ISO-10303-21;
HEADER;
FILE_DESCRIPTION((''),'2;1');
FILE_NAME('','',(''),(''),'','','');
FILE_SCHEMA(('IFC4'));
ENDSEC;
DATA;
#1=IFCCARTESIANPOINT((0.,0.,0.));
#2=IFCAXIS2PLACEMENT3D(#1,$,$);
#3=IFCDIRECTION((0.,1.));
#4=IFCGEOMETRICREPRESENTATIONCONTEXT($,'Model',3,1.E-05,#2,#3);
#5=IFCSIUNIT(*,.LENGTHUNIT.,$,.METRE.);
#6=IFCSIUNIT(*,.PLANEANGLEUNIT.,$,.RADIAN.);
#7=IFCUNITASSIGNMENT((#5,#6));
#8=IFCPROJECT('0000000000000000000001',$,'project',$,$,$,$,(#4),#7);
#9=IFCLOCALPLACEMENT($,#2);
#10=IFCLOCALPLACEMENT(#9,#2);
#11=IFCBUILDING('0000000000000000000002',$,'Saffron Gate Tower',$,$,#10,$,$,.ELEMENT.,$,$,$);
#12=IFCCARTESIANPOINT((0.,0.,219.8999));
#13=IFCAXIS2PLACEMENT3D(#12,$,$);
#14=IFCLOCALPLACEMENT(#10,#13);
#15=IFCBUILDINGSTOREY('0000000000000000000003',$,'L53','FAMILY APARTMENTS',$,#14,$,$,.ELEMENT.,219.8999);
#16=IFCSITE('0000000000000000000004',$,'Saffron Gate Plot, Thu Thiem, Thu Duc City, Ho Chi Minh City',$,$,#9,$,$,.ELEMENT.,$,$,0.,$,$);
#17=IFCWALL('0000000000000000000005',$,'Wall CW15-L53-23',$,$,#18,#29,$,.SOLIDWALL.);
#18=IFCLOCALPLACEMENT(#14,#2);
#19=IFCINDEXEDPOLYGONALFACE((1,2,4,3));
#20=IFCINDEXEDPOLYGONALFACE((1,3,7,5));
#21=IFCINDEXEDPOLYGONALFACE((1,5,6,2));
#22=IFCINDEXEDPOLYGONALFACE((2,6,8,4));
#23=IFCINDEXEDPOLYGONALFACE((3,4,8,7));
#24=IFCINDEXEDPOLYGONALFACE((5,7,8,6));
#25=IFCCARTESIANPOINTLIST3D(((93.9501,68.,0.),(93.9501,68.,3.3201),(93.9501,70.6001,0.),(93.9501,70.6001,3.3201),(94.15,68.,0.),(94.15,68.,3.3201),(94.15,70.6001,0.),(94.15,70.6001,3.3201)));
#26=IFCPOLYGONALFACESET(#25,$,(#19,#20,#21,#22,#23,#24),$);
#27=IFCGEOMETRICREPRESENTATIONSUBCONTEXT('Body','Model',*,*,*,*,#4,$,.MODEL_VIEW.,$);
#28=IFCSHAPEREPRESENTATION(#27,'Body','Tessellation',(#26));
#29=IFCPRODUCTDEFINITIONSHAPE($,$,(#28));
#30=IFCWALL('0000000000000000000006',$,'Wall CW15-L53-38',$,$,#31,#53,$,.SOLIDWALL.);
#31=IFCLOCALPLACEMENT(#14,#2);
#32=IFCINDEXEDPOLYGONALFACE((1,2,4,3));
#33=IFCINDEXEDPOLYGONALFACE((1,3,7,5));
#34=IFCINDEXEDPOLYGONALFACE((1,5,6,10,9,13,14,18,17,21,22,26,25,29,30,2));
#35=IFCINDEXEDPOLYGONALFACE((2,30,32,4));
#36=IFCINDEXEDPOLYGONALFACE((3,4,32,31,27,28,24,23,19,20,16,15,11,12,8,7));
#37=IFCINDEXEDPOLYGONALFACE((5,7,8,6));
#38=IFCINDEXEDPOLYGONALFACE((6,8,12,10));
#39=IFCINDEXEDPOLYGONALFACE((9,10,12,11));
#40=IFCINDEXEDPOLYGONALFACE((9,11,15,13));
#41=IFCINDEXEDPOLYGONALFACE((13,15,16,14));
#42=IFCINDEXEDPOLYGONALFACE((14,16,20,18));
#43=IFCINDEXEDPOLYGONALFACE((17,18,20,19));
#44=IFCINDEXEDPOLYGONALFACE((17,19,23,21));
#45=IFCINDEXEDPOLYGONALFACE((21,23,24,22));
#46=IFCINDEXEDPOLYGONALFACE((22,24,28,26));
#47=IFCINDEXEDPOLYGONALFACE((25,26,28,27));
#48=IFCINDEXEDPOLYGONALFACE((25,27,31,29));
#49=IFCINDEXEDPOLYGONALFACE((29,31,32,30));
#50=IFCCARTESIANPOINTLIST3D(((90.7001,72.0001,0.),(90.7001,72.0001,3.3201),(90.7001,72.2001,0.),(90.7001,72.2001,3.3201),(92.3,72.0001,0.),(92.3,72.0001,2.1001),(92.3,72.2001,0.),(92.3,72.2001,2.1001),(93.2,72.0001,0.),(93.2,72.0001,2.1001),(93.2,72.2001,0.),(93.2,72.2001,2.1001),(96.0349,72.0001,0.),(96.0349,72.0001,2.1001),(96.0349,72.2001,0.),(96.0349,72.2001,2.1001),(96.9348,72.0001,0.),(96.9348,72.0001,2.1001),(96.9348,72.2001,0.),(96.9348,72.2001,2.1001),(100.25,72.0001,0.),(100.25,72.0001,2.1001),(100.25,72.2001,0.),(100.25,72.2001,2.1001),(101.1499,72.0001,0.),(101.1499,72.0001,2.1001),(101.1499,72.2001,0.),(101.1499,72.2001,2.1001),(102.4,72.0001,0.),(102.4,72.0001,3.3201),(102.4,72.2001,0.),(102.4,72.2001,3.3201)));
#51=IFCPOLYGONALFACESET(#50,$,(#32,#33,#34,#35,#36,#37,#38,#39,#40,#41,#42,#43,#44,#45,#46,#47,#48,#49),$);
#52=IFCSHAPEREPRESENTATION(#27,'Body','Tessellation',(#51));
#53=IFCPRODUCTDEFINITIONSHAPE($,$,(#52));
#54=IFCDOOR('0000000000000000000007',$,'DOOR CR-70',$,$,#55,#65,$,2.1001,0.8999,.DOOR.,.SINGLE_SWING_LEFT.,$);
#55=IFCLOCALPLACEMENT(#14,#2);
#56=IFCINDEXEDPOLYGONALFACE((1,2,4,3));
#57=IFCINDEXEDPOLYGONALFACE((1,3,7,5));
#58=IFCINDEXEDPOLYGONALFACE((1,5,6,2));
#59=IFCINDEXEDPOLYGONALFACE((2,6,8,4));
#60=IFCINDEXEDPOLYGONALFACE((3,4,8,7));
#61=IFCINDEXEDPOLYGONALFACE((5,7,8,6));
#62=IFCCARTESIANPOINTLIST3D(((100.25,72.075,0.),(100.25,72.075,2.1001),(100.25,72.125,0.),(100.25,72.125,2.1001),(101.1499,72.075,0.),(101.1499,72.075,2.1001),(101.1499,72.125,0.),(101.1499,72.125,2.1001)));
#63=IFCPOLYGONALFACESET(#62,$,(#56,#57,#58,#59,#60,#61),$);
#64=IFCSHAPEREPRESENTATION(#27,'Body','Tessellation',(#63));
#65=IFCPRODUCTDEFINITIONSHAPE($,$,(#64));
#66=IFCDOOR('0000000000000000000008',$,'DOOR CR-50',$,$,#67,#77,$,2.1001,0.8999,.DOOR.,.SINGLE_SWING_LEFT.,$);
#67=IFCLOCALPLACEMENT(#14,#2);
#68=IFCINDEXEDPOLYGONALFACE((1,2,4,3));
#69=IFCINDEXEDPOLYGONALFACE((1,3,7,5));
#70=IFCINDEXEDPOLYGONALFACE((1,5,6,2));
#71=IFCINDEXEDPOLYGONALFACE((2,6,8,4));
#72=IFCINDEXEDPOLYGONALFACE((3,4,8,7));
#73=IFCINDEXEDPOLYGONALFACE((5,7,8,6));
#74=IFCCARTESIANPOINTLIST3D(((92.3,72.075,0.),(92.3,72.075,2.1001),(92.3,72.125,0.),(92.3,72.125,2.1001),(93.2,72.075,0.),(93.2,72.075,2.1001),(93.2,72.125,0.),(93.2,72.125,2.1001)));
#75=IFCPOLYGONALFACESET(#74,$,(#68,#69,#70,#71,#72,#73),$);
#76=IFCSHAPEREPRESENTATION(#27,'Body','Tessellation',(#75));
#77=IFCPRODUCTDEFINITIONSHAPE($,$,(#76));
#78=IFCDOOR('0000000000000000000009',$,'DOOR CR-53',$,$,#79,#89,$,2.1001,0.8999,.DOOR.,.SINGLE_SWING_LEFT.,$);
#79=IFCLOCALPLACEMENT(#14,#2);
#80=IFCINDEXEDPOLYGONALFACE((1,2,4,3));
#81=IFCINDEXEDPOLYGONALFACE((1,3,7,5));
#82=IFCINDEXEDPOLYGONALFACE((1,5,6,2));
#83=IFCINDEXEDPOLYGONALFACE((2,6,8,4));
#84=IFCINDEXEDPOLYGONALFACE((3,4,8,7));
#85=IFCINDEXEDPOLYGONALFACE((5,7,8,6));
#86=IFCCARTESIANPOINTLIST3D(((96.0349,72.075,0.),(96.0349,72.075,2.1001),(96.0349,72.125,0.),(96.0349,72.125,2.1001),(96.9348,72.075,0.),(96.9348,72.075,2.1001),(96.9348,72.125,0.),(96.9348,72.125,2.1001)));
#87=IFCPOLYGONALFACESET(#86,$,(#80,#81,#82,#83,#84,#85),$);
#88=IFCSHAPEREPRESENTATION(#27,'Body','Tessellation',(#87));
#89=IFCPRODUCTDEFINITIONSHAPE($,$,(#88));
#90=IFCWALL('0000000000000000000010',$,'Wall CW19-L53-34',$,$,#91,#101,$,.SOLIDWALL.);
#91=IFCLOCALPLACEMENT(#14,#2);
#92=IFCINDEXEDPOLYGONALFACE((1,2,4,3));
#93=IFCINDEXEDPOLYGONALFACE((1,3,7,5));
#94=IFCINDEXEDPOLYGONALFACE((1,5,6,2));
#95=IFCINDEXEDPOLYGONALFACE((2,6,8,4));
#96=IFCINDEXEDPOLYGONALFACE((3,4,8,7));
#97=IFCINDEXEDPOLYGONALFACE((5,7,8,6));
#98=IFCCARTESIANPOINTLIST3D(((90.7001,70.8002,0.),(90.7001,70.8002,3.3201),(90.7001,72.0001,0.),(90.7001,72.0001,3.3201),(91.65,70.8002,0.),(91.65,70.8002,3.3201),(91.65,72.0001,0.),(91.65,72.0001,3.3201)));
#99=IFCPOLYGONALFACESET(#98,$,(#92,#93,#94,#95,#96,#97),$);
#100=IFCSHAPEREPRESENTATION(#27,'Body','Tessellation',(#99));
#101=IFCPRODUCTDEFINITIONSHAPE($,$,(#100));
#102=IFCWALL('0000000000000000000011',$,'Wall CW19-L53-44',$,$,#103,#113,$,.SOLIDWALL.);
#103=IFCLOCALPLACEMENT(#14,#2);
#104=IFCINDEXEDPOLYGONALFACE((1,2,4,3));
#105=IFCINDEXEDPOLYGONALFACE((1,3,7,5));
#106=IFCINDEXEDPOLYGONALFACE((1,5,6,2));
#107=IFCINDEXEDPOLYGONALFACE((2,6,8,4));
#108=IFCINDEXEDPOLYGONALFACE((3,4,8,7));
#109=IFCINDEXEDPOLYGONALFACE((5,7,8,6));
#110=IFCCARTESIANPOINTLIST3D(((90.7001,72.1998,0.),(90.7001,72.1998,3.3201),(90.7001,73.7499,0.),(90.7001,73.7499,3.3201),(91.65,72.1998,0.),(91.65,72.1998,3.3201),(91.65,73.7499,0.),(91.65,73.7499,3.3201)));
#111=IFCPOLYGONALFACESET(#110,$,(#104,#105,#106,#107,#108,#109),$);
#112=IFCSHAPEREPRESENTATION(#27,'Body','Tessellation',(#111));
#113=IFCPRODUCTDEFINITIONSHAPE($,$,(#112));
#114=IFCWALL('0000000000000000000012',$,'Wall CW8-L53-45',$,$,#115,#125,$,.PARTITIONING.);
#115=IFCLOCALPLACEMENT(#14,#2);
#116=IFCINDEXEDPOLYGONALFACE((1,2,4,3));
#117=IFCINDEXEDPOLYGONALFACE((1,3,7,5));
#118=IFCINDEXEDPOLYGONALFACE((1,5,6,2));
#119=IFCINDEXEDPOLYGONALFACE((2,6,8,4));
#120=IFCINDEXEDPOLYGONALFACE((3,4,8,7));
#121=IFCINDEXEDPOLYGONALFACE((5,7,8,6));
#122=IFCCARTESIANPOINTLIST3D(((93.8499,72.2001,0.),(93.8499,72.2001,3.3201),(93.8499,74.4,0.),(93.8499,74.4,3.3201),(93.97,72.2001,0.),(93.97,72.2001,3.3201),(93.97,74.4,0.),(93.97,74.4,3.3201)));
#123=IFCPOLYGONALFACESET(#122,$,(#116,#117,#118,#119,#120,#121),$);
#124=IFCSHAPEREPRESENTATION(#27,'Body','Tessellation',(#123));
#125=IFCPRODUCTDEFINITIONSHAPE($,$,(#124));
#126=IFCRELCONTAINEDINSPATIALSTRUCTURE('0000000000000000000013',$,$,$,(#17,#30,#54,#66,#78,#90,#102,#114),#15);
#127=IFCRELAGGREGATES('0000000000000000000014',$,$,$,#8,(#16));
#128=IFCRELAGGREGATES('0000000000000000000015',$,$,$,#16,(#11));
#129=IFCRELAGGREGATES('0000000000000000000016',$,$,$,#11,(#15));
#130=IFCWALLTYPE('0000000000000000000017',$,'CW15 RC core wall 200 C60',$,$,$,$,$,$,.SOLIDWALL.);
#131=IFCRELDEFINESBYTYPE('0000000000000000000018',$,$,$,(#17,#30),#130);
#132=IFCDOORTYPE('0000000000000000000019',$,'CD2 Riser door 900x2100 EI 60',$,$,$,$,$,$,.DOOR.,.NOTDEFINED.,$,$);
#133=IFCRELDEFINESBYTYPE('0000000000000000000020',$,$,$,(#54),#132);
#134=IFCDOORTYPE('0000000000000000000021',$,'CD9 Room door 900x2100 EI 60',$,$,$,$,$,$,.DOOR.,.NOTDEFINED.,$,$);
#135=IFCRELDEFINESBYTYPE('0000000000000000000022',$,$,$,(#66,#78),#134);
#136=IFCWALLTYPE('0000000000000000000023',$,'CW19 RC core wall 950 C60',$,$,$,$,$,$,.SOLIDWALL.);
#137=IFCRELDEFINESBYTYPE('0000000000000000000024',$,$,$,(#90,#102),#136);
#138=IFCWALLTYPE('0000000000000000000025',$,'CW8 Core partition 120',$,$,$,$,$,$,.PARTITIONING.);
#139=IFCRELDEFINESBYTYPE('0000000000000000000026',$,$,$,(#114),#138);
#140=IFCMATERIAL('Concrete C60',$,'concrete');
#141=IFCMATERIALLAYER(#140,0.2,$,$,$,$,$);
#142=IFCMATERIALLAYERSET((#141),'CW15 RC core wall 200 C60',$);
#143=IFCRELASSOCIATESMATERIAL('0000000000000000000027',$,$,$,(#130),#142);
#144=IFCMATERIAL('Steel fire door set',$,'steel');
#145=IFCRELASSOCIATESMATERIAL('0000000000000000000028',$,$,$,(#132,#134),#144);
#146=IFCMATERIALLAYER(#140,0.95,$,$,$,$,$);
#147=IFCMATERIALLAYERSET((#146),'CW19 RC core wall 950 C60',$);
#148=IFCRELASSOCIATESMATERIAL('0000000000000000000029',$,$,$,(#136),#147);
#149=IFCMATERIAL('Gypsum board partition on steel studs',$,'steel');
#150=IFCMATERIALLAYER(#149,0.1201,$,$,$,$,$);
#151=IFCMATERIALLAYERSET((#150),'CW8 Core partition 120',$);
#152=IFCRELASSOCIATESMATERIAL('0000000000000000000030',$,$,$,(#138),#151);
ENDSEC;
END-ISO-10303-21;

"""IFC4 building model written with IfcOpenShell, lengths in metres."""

from ifc_helpers import new_model, si_unit, direction, frame, frame_2d, origin, place, context, subcontext, project, spatial, rectangle, extrude, material, layer, layer_set, type_object, element, fill, save


model = new_model("IFC4")

# Units and contexts
model_context = context("Model", 3, precision=1e-05, world=origin(), true_north=direction((0.0, 1.0)))
body_context = subcontext(model_context, "Body", "Model", "MODEL_VIEW")
ifc_project = project(units=[si_unit("LENGTHUNIT", "METRE"), si_unit("PLANEANGLEUNIT", "RADIAN")], contexts=[model_context])

# Site, building, storey
site_placement = place(None, origin())
site = spatial("IfcSite", under=ifc_project, at=site_placement, Name="Saffron Gate Plot, Thu Thiem, Thu Duc City, Ho Chi Minh City", CompositionType="ELEMENT", RefElevation=0.0)
building_placement = place(site_placement, origin())
building = spatial("IfcBuilding", under=site, at=building_placement, Name="Saffron Gate Tower", CompositionType="ELEMENT")
storey_placement = place(building_placement, frame((0.0, 0.0, 219.8999)))
storey = spatial("IfcBuildingStorey", under=building, at=storey_placement, Name="L53", Description="FAMILY APARTMENTS", CompositionType="ELEMENT", Elevation=219.8999)

# Shared definitions
ifc_material_1 = material(Name="Concrete C60", Category="concrete")

# Shared definitions
ifc_material_2 = material(Name="Steel fire door set", Category="steel")

# Shared definitions
ifc_layer_1 = layer(ifc_material_1, 0.2)
ifc_layer_set_1 = layer_set([ifc_layer_1], Name="CW15 RC core wall 200 C60")
wall_type_1 = type_object("IfcWallType", Name="CW15 RC core wall 200 C60", PredefinedType="SOLIDWALL", material=ifc_layer_set_1)

# Shared definitions
door_type_1 = type_object("IfcDoorType", Name="CD2 Riser door 900x2100 EI 60", OperationType="NOTDEFINED", PredefinedType="DOOR", material=ifc_material_2)

# Wall
wall_1_placement = place(storey_placement, frame((94.05, 68.0, 0.0), z_axis=(0.0, 0.0, 1.0), x_axis=(0.0, 1.0, 0.0)))
element("IfcWall", 1, at=wall_1_placement, inside=storey, type_object=wall_type_1, Name="Wall CW15-L53-23", PredefinedType="SOLIDWALL", context=body_context, shape_type="SweptSolid", body=[
    extrude(rectangle(XDim=2.6001, YDim=0.2, at=frame_2d((1.3, 0.0))), origin(), (0.0, 0.0, 1.0), 3.3201),
])

# Wall, openings, doors
wall_2_placement = place(storey_placement, frame((90.7, 72.1001, 0.0), z_axis=(0.0, 0.0, 1.0), x_axis=(1.0, 0.0, 0.0)))
wall_2 = element("IfcWall", 2, at=wall_2_placement, inside=storey, type_object=wall_type_1, Name="Wall CW15-L53-38", PredefinedType="SOLIDWALL", context=body_context, shape_type="SweptSolid", body=[
    extrude(rectangle(XDim=11.7, YDim=0.2, at=frame_2d((5.8501, 0.0))), origin(), (0.0, 0.0, 1.0), 3.3201),
])
opening_1_placement = place(wall_2_placement, frame((1.6001, 0.0, 0.0)))
opening_1 = element("IfcOpeningElement", 3, at=opening_1_placement, cuts=wall_2, PredefinedType="OPENING", context=body_context, shape_type="SweptSolid", body=[
    extrude(rectangle(XDim=0.8999, YDim=2.1001, at=frame_2d((0.45, 1.05))), frame((0.0, 0.1099, 0.0), z_axis=(0.0, -1.0, 0.0), x_axis=(1.0, 0.0, 0.0)), (0.0, 0.0, 1.0), 0.22),
])
opening_2_placement = place(wall_2_placement, frame((5.335, 0.0, 0.0)))
opening_2 = element("IfcOpeningElement", 4, at=opening_2_placement, cuts=wall_2, PredefinedType="OPENING", context=body_context, shape_type="SweptSolid", body=[
    extrude(rectangle(XDim=0.8999, YDim=2.1001, at=frame_2d((0.45, 1.05))), frame((0.0, 0.1099, 0.0), z_axis=(0.0, -1.0, 0.0), x_axis=(1.0, 0.0, 0.0)), (0.0, 0.0, 1.0), 0.22),
])
opening_3_placement = place(wall_2_placement, frame((9.55, 0.0, 0.0)))
opening_3 = element("IfcOpeningElement", 5, at=opening_3_placement, cuts=wall_2, PredefinedType="OPENING", context=body_context, shape_type="SweptSolid", body=[
    extrude(rectangle(XDim=0.8999, YDim=2.1001, at=frame_2d((0.45, 1.05))), frame((0.0, 0.1099, 0.0), z_axis=(0.0, -1.0, 0.0), x_axis=(1.0, 0.0, 0.0)), (0.0, 0.0, 1.0), 0.22),
])
door_1_placement = place(opening_3_placement, origin())
door_1 = element("IfcDoor", 6, at=door_1_placement, inside=storey, type_object=door_type_1, Name="DOOR CR-70", OperationType="SINGLE_SWING_LEFT", OverallHeight=2.1001, OverallWidth=0.8999, PredefinedType="DOOR", context=body_context, shape_type="SweptSolid", body=[
    extrude(rectangle(XDim=0.8999, YDim=2.1001, at=frame_2d((0.45, 1.05))), frame((0.0, 0.0249, 0.0), z_axis=(0.0, -1.0, 0.0), x_axis=(1.0, 0.0, 0.0)), (0.0, 0.0, 1.0), 0.05),
])
fill(opening_3, door_1)
door_type_2 = type_object("IfcDoorType", Name="CD9 Room door 900x2100 EI 60", OperationType="NOTDEFINED", PredefinedType="DOOR", material=ifc_material_2)
door_2_placement = place(opening_1_placement, origin())
door_2 = element("IfcDoor", 7, at=door_2_placement, inside=storey, type_object=door_type_2, Name="DOOR CR-50", OperationType="SINGLE_SWING_LEFT", OverallHeight=2.1001, OverallWidth=0.8999, PredefinedType="DOOR", context=body_context, shape_type="SweptSolid", body=[
    extrude(rectangle(XDim=0.8999, YDim=2.1001, at=frame_2d((0.45, 1.05))), frame((0.0, 0.0249, 0.0), z_axis=(0.0, -1.0, 0.0), x_axis=(1.0, 0.0, 0.0)), (0.0, 0.0, 1.0), 0.05),
])
fill(opening_1, door_2)
door_3_placement = place(opening_2_placement, origin())
door_3 = element("IfcDoor", 8, at=door_3_placement, inside=storey, type_object=door_type_2, Name="DOOR CR-53", OperationType="SINGLE_SWING_LEFT", OverallHeight=2.1001, OverallWidth=0.8999, PredefinedType="DOOR", context=body_context, shape_type="SweptSolid", body=[
    extrude(rectangle(XDim=0.8999, YDim=2.1001, at=frame_2d((0.45, 1.05))), frame((0.0, 0.0249, 0.0), z_axis=(0.0, -1.0, 0.0), x_axis=(1.0, 0.0, 0.0)), (0.0, 0.0, 1.0), 0.05),
])
fill(opening_2, door_3)

# Walls
ifc_layer_2 = layer(ifc_material_1, 0.95)
ifc_layer_set_2 = layer_set([ifc_layer_2], Name="CW19 RC core wall 950 C60")
wall_type_2 = type_object("IfcWallType", Name="CW19 RC core wall 950 C60", PredefinedType="SOLIDWALL", material=ifc_layer_set_2)
wall_3_placement = place(storey_placement, frame((91.175, 70.8, 0.0), z_axis=(0.0, 0.0, 1.0), x_axis=(0.0, 1.0, 0.0)))
element("IfcWall", 9, at=wall_3_placement, inside=storey, type_object=wall_type_2, Name="Wall CW19-L53-34", PredefinedType="SOLIDWALL", context=body_context, shape_type="SweptSolid", body=[
    extrude(rectangle(XDim=1.2, YDim=0.95, at=frame_2d((0.6001, 0.0))), origin(), (0.0, 0.0, 1.0), 3.3201),
])
wall_4_placement = place(storey_placement, frame((91.175, 72.2, 0.0), z_axis=(0.0, 0.0, 1.0), x_axis=(0.0, 1.0, 0.0)))
element("IfcWall", 10, at=wall_4_placement, inside=storey, type_object=wall_type_2, Name="Wall CW19-L53-44", PredefinedType="SOLIDWALL", context=body_context, shape_type="SweptSolid", body=[
    extrude(rectangle(XDim=1.55, YDim=0.95, at=frame_2d((0.7749, 0.0))), origin(), (0.0, 0.0, 1.0), 3.3201),
])
ifc_material_3 = material(Name="Gypsum board partition on steel studs", Category="steel")
ifc_layer_3 = layer(ifc_material_3, 0.1201)
ifc_layer_set_3 = layer_set([ifc_layer_3], Name="CW8 Core partition 120")
wall_type_3 = type_object("IfcWallType", Name="CW8 Core partition 120", PredefinedType="PARTITIONING", material=ifc_layer_set_3)
wall_5_placement = place(storey_placement, frame((93.9099, 72.2, 0.0), z_axis=(0.0, 0.0, 1.0), x_axis=(0.0, 1.0, 0.0)))
element("IfcWall", 11, at=wall_5_placement, inside=storey, type_object=wall_type_3, Name="Wall CW8-L53-45", PredefinedType="PARTITIONING", context=body_context, shape_type="SweptSolid", body=[
    extrude(rectangle(XDim=2.2, YDim=0.1201, at=frame_2d((1.1001, 0.0))), origin(), (0.0, 0.0, 1.0), 3.3201),
])

save(model, "model.ifc")
